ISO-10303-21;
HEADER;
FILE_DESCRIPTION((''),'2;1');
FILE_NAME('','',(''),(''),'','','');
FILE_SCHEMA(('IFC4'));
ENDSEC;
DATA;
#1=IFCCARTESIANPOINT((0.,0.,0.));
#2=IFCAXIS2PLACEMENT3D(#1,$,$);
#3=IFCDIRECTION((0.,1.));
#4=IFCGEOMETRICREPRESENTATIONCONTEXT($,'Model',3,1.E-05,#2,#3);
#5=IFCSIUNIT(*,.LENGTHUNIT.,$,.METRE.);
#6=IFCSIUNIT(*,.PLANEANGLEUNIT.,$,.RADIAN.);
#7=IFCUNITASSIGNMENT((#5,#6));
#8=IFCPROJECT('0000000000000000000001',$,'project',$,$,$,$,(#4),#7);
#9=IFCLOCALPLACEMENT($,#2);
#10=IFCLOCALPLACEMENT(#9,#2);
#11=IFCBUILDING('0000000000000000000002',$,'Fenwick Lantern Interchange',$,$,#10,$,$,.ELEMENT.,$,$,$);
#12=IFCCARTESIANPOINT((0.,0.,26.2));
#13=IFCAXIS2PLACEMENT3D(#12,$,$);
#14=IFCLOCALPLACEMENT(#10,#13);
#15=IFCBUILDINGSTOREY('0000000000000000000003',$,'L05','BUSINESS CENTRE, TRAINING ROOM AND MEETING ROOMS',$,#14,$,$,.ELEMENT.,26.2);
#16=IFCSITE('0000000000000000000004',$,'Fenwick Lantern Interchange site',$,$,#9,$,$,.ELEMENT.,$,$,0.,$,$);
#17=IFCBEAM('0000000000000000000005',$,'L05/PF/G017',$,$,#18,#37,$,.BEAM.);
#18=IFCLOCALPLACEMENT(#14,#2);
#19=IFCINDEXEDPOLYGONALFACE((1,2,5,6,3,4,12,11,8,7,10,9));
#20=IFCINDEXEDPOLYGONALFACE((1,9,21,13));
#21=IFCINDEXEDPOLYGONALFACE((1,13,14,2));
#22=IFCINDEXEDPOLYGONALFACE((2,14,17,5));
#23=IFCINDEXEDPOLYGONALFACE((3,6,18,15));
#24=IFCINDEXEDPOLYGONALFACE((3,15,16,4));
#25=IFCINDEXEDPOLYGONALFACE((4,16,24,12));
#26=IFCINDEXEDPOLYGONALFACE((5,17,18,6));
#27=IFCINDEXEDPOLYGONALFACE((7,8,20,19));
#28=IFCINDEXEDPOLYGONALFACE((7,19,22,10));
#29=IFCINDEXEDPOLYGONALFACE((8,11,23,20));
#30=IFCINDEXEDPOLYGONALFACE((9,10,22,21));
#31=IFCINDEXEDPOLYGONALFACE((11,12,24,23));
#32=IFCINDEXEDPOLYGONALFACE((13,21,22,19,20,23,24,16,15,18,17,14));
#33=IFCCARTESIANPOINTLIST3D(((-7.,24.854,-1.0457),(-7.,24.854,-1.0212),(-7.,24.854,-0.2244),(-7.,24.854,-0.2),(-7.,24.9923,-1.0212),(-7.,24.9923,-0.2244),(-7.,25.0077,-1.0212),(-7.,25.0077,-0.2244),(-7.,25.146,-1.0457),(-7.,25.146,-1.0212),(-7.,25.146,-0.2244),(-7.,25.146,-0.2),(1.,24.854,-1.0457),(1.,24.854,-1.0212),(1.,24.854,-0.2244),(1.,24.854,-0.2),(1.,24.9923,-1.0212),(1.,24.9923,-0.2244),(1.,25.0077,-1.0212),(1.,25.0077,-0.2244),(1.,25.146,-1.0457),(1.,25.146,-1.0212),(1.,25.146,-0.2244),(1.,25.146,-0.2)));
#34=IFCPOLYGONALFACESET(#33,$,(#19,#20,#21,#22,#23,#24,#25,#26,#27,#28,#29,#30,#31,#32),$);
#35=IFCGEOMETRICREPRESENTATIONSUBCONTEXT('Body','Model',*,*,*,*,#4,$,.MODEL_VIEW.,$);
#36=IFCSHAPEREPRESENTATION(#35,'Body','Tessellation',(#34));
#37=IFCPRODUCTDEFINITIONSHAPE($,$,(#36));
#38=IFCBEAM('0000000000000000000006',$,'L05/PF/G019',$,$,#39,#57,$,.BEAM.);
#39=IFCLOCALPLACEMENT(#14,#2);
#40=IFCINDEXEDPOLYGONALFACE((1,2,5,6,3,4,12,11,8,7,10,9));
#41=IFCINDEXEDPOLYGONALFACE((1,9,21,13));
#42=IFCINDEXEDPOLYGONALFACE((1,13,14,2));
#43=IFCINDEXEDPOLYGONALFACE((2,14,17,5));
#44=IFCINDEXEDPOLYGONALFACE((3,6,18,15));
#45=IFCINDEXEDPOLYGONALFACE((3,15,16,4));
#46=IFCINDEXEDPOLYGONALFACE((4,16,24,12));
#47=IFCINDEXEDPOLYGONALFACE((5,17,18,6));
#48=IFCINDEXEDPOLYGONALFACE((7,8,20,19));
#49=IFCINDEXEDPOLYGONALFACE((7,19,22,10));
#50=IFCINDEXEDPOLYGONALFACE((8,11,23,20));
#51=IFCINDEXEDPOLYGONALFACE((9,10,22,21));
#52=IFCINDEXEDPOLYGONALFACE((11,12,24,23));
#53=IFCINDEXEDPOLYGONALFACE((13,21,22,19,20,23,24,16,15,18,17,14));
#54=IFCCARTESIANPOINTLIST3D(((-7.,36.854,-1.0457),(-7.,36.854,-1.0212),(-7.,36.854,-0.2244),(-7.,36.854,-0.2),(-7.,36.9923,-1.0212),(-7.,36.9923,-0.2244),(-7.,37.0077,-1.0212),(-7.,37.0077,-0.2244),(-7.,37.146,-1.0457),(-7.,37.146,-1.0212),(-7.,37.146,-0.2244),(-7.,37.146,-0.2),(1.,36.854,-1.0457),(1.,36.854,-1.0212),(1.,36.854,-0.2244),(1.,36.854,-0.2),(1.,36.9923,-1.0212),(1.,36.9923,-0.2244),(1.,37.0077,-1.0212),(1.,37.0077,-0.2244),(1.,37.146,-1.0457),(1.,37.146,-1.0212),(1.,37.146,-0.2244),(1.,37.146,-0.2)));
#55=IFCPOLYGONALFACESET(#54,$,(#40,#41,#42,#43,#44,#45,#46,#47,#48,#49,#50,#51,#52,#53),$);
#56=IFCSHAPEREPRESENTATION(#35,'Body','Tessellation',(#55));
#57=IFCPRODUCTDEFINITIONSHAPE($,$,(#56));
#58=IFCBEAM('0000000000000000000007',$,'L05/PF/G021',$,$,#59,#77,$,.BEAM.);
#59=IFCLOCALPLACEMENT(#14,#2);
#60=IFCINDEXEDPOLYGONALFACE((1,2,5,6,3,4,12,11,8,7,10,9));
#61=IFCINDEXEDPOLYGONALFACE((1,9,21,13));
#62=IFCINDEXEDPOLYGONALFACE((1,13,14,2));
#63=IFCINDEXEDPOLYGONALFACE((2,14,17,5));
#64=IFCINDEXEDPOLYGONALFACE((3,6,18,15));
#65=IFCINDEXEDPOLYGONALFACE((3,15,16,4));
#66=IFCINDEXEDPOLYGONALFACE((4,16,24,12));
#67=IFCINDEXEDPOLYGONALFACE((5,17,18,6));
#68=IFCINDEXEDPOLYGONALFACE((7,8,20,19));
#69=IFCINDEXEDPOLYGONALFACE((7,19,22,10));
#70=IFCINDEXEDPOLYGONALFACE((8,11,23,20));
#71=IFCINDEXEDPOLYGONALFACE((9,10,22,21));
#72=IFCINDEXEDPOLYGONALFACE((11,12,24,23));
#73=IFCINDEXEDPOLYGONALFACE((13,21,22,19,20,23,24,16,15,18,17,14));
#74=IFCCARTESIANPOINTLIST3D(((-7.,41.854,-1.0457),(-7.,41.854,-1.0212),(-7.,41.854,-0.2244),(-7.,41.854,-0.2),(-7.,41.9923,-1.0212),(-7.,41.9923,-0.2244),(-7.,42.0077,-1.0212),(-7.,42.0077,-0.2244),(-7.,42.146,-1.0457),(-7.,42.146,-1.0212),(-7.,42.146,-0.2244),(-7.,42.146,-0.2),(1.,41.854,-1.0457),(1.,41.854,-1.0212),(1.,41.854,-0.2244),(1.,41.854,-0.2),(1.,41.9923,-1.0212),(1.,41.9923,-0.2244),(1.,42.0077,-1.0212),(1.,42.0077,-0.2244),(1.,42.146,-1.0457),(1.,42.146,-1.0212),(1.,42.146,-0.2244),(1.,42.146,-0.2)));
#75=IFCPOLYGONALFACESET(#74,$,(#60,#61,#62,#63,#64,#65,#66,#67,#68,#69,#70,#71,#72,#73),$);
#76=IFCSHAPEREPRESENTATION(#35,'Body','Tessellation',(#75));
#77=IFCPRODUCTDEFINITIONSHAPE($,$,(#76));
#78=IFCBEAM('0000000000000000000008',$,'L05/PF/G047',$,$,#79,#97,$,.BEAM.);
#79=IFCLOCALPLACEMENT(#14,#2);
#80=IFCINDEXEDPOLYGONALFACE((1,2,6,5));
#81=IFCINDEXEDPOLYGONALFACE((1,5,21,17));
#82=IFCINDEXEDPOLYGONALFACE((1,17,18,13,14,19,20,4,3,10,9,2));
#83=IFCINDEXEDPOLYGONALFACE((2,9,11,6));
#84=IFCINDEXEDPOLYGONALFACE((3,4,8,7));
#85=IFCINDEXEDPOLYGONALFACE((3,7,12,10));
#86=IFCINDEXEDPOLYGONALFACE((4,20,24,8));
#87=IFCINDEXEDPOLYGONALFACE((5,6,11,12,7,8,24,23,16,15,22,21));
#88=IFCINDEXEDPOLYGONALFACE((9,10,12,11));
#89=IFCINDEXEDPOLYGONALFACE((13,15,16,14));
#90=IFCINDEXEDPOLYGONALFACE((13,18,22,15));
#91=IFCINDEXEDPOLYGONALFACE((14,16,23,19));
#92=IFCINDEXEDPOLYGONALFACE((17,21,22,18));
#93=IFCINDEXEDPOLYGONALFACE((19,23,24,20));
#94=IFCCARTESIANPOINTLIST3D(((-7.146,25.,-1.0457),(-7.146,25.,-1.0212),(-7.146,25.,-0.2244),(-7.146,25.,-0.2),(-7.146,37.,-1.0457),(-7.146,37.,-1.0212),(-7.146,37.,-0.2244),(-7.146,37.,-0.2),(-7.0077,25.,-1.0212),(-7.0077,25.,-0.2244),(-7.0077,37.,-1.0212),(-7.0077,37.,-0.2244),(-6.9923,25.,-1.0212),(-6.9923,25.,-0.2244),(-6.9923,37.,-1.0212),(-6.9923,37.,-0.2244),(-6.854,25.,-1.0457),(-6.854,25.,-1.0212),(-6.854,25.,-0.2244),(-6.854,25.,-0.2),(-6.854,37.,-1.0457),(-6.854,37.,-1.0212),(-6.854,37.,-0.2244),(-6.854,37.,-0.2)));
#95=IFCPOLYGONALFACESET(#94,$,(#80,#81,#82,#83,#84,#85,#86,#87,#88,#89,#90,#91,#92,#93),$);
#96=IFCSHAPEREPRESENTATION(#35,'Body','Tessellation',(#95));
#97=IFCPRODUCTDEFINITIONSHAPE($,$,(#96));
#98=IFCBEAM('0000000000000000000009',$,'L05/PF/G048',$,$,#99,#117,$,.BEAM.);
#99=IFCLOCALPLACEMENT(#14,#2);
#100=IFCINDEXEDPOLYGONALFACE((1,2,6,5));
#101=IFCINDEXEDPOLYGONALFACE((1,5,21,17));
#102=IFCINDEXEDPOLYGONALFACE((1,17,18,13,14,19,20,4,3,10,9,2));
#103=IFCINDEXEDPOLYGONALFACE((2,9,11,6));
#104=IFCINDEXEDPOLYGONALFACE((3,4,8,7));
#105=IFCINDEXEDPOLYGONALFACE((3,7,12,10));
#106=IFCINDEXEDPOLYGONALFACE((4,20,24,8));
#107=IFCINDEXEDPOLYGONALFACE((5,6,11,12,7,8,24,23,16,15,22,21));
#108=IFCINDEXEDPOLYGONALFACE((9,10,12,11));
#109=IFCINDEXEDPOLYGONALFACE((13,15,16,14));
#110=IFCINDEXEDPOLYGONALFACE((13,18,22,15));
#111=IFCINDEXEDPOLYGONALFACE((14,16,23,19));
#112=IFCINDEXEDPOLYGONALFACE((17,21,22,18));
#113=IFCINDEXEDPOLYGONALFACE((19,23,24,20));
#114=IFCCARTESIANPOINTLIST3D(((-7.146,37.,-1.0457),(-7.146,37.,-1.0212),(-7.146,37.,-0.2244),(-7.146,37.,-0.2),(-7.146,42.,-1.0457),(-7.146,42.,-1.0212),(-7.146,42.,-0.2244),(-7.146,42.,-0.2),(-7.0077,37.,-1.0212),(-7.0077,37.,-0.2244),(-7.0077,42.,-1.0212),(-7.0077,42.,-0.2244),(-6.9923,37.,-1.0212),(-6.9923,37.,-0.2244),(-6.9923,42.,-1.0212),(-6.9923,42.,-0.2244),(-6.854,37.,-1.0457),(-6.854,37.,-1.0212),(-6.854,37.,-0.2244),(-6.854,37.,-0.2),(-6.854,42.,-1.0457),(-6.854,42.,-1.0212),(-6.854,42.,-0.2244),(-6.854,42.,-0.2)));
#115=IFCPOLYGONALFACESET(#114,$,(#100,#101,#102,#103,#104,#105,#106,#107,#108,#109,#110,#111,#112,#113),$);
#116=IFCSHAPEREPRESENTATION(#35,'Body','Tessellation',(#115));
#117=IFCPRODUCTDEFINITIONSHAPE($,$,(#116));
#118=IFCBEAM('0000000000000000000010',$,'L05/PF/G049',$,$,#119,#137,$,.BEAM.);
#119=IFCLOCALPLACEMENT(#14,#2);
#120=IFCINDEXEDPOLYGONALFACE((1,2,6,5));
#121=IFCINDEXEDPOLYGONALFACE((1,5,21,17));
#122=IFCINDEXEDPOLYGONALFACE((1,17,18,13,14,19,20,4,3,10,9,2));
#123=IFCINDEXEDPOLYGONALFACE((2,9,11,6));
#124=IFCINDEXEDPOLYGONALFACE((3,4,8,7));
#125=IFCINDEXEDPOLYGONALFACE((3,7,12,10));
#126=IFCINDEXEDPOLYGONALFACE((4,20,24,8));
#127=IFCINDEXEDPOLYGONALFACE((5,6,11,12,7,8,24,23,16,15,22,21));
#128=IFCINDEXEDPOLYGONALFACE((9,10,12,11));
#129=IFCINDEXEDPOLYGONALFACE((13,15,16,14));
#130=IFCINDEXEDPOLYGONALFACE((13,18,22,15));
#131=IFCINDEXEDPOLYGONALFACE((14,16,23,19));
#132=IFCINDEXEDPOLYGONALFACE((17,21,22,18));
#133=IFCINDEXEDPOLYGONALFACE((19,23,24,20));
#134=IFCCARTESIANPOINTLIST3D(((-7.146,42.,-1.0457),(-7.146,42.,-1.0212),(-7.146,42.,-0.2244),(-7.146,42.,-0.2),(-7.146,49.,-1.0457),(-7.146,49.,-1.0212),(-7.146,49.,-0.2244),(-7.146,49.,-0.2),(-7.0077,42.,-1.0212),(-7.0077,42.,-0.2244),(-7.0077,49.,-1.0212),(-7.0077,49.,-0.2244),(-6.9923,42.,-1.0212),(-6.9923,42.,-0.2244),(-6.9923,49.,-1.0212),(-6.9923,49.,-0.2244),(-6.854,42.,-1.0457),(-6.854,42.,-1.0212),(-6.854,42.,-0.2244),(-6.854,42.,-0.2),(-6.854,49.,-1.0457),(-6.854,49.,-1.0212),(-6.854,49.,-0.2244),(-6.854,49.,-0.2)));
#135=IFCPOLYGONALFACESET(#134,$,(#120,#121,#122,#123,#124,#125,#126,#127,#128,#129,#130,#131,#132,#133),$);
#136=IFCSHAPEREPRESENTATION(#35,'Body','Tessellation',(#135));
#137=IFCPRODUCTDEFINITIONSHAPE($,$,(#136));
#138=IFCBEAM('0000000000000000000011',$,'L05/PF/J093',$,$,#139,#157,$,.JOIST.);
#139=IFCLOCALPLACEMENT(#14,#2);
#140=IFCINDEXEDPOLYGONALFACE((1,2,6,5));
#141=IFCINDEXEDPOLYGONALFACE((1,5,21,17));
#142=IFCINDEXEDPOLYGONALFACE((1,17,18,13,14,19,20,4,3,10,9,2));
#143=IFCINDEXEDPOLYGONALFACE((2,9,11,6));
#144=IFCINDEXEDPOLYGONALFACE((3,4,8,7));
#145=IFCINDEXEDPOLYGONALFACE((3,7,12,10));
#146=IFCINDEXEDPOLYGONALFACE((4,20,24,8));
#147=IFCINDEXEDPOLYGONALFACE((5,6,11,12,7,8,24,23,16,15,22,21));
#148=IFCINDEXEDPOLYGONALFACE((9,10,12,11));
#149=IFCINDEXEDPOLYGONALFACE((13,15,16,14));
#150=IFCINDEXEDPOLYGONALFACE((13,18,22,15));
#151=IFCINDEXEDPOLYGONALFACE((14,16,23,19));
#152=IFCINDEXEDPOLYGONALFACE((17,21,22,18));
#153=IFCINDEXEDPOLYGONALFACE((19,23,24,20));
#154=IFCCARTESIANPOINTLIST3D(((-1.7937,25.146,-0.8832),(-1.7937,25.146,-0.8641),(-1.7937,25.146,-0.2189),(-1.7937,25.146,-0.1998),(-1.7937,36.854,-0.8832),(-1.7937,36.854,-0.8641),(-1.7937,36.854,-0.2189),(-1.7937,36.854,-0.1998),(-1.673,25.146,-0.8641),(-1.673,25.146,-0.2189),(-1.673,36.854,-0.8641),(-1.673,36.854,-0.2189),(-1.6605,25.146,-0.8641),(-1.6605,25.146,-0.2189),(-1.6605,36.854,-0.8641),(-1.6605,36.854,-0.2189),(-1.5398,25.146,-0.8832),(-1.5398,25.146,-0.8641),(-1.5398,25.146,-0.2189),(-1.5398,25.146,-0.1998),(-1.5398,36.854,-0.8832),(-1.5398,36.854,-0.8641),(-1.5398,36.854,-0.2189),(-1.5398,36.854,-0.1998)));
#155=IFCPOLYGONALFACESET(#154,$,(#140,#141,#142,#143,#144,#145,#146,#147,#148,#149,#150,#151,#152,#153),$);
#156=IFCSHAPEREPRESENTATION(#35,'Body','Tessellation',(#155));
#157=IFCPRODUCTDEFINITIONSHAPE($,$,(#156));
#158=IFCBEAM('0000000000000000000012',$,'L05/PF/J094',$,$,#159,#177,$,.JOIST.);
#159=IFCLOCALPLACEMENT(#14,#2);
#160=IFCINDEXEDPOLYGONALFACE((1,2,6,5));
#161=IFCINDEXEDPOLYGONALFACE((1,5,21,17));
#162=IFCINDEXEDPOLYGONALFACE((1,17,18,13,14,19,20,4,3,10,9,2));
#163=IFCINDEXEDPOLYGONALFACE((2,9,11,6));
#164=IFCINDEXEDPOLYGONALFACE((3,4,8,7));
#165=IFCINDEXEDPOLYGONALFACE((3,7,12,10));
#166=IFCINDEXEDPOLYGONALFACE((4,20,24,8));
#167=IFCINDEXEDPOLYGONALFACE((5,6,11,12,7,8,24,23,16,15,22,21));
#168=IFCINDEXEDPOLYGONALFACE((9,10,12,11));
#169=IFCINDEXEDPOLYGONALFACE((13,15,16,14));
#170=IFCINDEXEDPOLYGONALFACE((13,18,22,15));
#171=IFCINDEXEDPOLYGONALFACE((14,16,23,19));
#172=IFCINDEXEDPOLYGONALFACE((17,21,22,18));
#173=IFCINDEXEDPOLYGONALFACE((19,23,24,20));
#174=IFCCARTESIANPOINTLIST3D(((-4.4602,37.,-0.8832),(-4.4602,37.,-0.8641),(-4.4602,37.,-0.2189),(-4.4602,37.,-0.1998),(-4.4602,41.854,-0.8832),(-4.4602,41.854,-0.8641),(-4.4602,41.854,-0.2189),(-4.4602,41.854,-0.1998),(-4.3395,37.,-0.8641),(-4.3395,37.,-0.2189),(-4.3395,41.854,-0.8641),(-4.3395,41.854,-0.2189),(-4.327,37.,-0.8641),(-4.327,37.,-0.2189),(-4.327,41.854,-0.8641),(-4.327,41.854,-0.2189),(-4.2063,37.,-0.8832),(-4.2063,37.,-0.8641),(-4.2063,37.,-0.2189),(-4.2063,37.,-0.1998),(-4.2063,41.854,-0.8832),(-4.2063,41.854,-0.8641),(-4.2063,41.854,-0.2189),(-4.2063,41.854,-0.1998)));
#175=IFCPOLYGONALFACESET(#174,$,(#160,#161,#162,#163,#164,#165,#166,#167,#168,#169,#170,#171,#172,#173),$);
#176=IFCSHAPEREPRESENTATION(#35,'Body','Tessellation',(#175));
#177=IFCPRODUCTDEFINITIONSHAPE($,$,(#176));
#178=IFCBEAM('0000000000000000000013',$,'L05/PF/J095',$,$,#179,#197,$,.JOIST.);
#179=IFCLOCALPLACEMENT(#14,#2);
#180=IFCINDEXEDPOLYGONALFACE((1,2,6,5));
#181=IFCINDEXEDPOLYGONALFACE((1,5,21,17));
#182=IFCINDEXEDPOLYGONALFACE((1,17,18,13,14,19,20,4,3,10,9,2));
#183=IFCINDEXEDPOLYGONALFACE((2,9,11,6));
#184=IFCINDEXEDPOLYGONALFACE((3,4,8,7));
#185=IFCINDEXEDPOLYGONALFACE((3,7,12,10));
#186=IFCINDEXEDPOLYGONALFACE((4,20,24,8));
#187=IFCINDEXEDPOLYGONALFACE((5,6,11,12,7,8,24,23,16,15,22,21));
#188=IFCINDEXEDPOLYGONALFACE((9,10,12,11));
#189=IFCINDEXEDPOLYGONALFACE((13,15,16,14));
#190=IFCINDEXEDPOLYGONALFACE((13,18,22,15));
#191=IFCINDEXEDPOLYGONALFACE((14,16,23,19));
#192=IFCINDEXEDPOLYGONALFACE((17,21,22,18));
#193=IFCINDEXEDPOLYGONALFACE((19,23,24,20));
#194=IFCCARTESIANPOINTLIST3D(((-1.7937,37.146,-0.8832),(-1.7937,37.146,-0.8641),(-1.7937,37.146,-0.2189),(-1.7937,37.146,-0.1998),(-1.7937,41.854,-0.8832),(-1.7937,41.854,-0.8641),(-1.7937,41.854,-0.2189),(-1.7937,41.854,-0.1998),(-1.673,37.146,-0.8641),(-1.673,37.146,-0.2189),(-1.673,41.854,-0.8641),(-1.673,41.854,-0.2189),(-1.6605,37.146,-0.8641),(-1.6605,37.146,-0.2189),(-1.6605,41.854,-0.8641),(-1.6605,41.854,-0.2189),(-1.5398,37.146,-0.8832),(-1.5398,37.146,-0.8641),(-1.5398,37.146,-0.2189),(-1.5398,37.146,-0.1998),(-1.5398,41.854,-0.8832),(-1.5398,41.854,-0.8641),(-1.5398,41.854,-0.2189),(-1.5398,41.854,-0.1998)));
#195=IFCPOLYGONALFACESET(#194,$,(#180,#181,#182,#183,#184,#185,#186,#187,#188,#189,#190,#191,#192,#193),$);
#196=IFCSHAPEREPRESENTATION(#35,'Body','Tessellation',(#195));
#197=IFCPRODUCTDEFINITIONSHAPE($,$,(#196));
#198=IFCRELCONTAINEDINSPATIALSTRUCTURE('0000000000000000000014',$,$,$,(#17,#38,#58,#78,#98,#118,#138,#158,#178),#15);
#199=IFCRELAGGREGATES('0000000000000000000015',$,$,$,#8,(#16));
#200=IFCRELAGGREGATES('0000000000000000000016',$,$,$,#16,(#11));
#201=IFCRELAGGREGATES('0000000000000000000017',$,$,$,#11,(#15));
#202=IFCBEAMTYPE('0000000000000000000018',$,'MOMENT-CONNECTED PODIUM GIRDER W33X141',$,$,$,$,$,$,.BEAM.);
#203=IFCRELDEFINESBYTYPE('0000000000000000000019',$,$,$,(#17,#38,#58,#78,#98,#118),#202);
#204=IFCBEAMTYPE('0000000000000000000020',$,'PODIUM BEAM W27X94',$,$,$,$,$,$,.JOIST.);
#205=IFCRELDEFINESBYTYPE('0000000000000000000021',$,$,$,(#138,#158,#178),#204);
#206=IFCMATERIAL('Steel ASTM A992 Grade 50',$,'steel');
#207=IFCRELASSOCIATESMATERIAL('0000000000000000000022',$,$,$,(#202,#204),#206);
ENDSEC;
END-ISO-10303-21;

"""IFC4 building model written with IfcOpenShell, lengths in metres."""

from ifc_helpers import new_model, si_unit, direction, frame, origin, origin_2d, place, context, subcontext, project, spatial, i_section, extrude, material, material_profile, profile_set, type_object, element, save


model = new_model("IFC4")

# Units and contexts
model_context = context("Model", 3, precision=1e-05, world=origin(), true_north=direction((0.0, 1.0)))
body_context = subcontext(model_context, "Body", "Model", "MODEL_VIEW")
ifc_project = project(units=[si_unit("LENGTHUNIT", "METRE"), si_unit("PLANEANGLEUNIT", "RADIAN")], contexts=[model_context])

# Site, building, storey
site_placement = place(None, origin())
site = spatial("IfcSite", under=ifc_project, at=site_placement, Name="Fenwick Lantern Interchange site", CompositionType="ELEMENT", RefElevation=0.0)
building_placement = place(site_placement, origin())
building = spatial("IfcBuilding", under=site, at=building_placement, Name="Fenwick Lantern Interchange", CompositionType="ELEMENT")
storey_placement = place(building_placement, frame((0.0, 0.0, 26.2)))
storey = spatial("IfcBuildingStorey", under=building, at=storey_placement, Name="L05", Description="BUSINESS CENTRE, TRAINING ROOM AND MEETING ROOMS", CompositionType="ELEMENT", Elevation=26.2)

# Shared definitions
ifc_material_1 = material(Name="Steel ASTM A992 Grade 50", Category="steel")

# Beams
ifc_material_profile_1 = material_profile(ifc_material_1, i_section(OverallWidth=0.292, OverallDepth=0.8457, WebThickness=0.0154, FlangeThickness=0.0244, at=origin_2d()), Name="W33X141")
ifc_profile_set_1 = profile_set([ifc_material_profile_1], Name="Steel ASTM A992 Grade 50")
beam_type_1 = type_object("IfcBeamType", Name="MOMENT-CONNECTED PODIUM GIRDER W33X141", PredefinedType="BEAM", material=ifc_profile_set_1)
for number, where, z_axis, x_axis, name in (
    (1, (-7.0, 25.0, -0.6228), (1.0, 0.0, 0.0), (0.0, 1.0, 0.0), "L05/PF/G017"),
    (2, (-7.0, 37.0, -0.6228), (1.0, 0.0, 0.0), (0.0, 1.0, 0.0), "L05/PF/G019"),
    (3, (-7.0, 42.0, -0.6228), (1.0, 0.0, 0.0), (0.0, 1.0, 0.0), "L05/PF/G021"),
):
    element("IfcBeam", number, at=place(storey_placement, frame(where, z_axis=z_axis, x_axis=x_axis)), inside=storey, type_object=beam_type_1, Name=name, PredefinedType="BEAM", context=body_context, shape_type="SweptSolid", body=[
        extrude(i_section(OverallWidth=0.292, OverallDepth=0.8457, WebThickness=0.0154, FlangeThickness=0.0244, at=origin_2d()), origin(), (0.0, 0.0, 1.0), 8.0),
    ])
beam_1_placement = place(storey_placement, frame((-7.0, 25.0, -0.6228), z_axis=(0.0, 1.0, 0.0), x_axis=(-1.0, 0.0, 0.0)))
element("IfcBeam", 4, at=beam_1_placement, inside=storey, type_object=beam_type_1, Name="L05/PF/G047", PredefinedType="BEAM", context=body_context, shape_type="SweptSolid", body=[
    extrude(i_section(OverallWidth=0.292, OverallDepth=0.8457, WebThickness=0.0154, FlangeThickness=0.0244, at=origin_2d()), origin(), (0.0, 0.0, 1.0), 12.0),
])
beam_2_placement = place(storey_placement, frame((-7.0, 37.0, -0.6228), z_axis=(0.0, 1.0, 0.0), x_axis=(-1.0, 0.0, 0.0)))
element("IfcBeam", 5, at=beam_2_placement, inside=storey, type_object=beam_type_1, Name="L05/PF/G048", PredefinedType="BEAM", context=body_context, shape_type="SweptSolid", body=[
    extrude(i_section(OverallWidth=0.292, OverallDepth=0.8457, WebThickness=0.0154, FlangeThickness=0.0244, at=origin_2d()), origin(), (0.0, 0.0, 1.0), 5.0),
])
beam_3_placement = place(storey_placement, frame((-7.0, 42.0, -0.6228), z_axis=(0.0, 1.0, 0.0), x_axis=(-1.0, 0.0, 0.0)))
element("IfcBeam", 6, at=beam_3_placement, inside=storey, type_object=beam_type_1, Name="L05/PF/G049", PredefinedType="BEAM", context=body_context, shape_type="SweptSolid", body=[
    extrude(i_section(OverallWidth=0.292, OverallDepth=0.8457, WebThickness=0.0154, FlangeThickness=0.0244, at=origin_2d()), origin(), (0.0, 0.0, 1.0), 7.0),
])
ifc_material_profile_2 = material_profile(ifc_material_1, i_section(OverallWidth=0.2539, OverallDepth=0.6833, WebThickness=0.0125, FlangeThickness=0.019, at=origin_2d()), Name="W27X94")
ifc_profile_set_2 = profile_set([ifc_material_profile_2], Name="Steel ASTM A992 Grade 50")
beam_type_2 = type_object("IfcBeamType", Name="PODIUM BEAM W27X94", PredefinedType="JOIST", material=ifc_profile_set_2)
beam_4_placement = place(storey_placement, frame((-1.6667, 25.146, -0.5415), z_axis=(0.0, 1.0, 0.0), x_axis=(-1.0, 0.0, 0.0)))
element("IfcBeam", 7, at=beam_4_placement, inside=storey, type_object=beam_type_2, Name="L05/PF/J093", PredefinedType="JOIST", context=body_context, shape_type="SweptSolid", body=[
    extrude(i_section(OverallWidth=0.2539, OverallDepth=0.6833, WebThickness=0.0125, FlangeThickness=0.019, at=origin_2d()), origin(), (0.0, 0.0, 1.0), 11.708),
])
beam_5_placement = place(storey_placement, frame((-4.3333, 37.0, -0.5415), z_axis=(0.0, 1.0, 0.0), x_axis=(-1.0, 0.0, 0.0)))
element("IfcBeam", 8, at=beam_5_placement, inside=storey, type_object=beam_type_2, Name="L05/PF/J094", PredefinedType="JOIST", context=body_context, shape_type="SweptSolid", body=[
    extrude(i_section(OverallWidth=0.2539, OverallDepth=0.6833, WebThickness=0.0125, FlangeThickness=0.019, at=origin_2d()), origin(), (0.0, 0.0, 1.0), 4.854),
])
beam_6_placement = place(storey_placement, frame((-1.6667, 37.146, -0.5415), z_axis=(0.0, 1.0, 0.0), x_axis=(-1.0, 0.0, 0.0)))
element("IfcBeam", 9, at=beam_6_placement, inside=storey, type_object=beam_type_2, Name="L05/PF/J095", PredefinedType="JOIST", context=body_context, shape_type="SweptSolid", body=[
    extrude(i_section(OverallWidth=0.2539, OverallDepth=0.6833, WebThickness=0.0125, FlangeThickness=0.019, at=origin_2d()), origin(), (0.0, 0.0, 1.0), 4.708),
])

save(model, "model.ifc")
